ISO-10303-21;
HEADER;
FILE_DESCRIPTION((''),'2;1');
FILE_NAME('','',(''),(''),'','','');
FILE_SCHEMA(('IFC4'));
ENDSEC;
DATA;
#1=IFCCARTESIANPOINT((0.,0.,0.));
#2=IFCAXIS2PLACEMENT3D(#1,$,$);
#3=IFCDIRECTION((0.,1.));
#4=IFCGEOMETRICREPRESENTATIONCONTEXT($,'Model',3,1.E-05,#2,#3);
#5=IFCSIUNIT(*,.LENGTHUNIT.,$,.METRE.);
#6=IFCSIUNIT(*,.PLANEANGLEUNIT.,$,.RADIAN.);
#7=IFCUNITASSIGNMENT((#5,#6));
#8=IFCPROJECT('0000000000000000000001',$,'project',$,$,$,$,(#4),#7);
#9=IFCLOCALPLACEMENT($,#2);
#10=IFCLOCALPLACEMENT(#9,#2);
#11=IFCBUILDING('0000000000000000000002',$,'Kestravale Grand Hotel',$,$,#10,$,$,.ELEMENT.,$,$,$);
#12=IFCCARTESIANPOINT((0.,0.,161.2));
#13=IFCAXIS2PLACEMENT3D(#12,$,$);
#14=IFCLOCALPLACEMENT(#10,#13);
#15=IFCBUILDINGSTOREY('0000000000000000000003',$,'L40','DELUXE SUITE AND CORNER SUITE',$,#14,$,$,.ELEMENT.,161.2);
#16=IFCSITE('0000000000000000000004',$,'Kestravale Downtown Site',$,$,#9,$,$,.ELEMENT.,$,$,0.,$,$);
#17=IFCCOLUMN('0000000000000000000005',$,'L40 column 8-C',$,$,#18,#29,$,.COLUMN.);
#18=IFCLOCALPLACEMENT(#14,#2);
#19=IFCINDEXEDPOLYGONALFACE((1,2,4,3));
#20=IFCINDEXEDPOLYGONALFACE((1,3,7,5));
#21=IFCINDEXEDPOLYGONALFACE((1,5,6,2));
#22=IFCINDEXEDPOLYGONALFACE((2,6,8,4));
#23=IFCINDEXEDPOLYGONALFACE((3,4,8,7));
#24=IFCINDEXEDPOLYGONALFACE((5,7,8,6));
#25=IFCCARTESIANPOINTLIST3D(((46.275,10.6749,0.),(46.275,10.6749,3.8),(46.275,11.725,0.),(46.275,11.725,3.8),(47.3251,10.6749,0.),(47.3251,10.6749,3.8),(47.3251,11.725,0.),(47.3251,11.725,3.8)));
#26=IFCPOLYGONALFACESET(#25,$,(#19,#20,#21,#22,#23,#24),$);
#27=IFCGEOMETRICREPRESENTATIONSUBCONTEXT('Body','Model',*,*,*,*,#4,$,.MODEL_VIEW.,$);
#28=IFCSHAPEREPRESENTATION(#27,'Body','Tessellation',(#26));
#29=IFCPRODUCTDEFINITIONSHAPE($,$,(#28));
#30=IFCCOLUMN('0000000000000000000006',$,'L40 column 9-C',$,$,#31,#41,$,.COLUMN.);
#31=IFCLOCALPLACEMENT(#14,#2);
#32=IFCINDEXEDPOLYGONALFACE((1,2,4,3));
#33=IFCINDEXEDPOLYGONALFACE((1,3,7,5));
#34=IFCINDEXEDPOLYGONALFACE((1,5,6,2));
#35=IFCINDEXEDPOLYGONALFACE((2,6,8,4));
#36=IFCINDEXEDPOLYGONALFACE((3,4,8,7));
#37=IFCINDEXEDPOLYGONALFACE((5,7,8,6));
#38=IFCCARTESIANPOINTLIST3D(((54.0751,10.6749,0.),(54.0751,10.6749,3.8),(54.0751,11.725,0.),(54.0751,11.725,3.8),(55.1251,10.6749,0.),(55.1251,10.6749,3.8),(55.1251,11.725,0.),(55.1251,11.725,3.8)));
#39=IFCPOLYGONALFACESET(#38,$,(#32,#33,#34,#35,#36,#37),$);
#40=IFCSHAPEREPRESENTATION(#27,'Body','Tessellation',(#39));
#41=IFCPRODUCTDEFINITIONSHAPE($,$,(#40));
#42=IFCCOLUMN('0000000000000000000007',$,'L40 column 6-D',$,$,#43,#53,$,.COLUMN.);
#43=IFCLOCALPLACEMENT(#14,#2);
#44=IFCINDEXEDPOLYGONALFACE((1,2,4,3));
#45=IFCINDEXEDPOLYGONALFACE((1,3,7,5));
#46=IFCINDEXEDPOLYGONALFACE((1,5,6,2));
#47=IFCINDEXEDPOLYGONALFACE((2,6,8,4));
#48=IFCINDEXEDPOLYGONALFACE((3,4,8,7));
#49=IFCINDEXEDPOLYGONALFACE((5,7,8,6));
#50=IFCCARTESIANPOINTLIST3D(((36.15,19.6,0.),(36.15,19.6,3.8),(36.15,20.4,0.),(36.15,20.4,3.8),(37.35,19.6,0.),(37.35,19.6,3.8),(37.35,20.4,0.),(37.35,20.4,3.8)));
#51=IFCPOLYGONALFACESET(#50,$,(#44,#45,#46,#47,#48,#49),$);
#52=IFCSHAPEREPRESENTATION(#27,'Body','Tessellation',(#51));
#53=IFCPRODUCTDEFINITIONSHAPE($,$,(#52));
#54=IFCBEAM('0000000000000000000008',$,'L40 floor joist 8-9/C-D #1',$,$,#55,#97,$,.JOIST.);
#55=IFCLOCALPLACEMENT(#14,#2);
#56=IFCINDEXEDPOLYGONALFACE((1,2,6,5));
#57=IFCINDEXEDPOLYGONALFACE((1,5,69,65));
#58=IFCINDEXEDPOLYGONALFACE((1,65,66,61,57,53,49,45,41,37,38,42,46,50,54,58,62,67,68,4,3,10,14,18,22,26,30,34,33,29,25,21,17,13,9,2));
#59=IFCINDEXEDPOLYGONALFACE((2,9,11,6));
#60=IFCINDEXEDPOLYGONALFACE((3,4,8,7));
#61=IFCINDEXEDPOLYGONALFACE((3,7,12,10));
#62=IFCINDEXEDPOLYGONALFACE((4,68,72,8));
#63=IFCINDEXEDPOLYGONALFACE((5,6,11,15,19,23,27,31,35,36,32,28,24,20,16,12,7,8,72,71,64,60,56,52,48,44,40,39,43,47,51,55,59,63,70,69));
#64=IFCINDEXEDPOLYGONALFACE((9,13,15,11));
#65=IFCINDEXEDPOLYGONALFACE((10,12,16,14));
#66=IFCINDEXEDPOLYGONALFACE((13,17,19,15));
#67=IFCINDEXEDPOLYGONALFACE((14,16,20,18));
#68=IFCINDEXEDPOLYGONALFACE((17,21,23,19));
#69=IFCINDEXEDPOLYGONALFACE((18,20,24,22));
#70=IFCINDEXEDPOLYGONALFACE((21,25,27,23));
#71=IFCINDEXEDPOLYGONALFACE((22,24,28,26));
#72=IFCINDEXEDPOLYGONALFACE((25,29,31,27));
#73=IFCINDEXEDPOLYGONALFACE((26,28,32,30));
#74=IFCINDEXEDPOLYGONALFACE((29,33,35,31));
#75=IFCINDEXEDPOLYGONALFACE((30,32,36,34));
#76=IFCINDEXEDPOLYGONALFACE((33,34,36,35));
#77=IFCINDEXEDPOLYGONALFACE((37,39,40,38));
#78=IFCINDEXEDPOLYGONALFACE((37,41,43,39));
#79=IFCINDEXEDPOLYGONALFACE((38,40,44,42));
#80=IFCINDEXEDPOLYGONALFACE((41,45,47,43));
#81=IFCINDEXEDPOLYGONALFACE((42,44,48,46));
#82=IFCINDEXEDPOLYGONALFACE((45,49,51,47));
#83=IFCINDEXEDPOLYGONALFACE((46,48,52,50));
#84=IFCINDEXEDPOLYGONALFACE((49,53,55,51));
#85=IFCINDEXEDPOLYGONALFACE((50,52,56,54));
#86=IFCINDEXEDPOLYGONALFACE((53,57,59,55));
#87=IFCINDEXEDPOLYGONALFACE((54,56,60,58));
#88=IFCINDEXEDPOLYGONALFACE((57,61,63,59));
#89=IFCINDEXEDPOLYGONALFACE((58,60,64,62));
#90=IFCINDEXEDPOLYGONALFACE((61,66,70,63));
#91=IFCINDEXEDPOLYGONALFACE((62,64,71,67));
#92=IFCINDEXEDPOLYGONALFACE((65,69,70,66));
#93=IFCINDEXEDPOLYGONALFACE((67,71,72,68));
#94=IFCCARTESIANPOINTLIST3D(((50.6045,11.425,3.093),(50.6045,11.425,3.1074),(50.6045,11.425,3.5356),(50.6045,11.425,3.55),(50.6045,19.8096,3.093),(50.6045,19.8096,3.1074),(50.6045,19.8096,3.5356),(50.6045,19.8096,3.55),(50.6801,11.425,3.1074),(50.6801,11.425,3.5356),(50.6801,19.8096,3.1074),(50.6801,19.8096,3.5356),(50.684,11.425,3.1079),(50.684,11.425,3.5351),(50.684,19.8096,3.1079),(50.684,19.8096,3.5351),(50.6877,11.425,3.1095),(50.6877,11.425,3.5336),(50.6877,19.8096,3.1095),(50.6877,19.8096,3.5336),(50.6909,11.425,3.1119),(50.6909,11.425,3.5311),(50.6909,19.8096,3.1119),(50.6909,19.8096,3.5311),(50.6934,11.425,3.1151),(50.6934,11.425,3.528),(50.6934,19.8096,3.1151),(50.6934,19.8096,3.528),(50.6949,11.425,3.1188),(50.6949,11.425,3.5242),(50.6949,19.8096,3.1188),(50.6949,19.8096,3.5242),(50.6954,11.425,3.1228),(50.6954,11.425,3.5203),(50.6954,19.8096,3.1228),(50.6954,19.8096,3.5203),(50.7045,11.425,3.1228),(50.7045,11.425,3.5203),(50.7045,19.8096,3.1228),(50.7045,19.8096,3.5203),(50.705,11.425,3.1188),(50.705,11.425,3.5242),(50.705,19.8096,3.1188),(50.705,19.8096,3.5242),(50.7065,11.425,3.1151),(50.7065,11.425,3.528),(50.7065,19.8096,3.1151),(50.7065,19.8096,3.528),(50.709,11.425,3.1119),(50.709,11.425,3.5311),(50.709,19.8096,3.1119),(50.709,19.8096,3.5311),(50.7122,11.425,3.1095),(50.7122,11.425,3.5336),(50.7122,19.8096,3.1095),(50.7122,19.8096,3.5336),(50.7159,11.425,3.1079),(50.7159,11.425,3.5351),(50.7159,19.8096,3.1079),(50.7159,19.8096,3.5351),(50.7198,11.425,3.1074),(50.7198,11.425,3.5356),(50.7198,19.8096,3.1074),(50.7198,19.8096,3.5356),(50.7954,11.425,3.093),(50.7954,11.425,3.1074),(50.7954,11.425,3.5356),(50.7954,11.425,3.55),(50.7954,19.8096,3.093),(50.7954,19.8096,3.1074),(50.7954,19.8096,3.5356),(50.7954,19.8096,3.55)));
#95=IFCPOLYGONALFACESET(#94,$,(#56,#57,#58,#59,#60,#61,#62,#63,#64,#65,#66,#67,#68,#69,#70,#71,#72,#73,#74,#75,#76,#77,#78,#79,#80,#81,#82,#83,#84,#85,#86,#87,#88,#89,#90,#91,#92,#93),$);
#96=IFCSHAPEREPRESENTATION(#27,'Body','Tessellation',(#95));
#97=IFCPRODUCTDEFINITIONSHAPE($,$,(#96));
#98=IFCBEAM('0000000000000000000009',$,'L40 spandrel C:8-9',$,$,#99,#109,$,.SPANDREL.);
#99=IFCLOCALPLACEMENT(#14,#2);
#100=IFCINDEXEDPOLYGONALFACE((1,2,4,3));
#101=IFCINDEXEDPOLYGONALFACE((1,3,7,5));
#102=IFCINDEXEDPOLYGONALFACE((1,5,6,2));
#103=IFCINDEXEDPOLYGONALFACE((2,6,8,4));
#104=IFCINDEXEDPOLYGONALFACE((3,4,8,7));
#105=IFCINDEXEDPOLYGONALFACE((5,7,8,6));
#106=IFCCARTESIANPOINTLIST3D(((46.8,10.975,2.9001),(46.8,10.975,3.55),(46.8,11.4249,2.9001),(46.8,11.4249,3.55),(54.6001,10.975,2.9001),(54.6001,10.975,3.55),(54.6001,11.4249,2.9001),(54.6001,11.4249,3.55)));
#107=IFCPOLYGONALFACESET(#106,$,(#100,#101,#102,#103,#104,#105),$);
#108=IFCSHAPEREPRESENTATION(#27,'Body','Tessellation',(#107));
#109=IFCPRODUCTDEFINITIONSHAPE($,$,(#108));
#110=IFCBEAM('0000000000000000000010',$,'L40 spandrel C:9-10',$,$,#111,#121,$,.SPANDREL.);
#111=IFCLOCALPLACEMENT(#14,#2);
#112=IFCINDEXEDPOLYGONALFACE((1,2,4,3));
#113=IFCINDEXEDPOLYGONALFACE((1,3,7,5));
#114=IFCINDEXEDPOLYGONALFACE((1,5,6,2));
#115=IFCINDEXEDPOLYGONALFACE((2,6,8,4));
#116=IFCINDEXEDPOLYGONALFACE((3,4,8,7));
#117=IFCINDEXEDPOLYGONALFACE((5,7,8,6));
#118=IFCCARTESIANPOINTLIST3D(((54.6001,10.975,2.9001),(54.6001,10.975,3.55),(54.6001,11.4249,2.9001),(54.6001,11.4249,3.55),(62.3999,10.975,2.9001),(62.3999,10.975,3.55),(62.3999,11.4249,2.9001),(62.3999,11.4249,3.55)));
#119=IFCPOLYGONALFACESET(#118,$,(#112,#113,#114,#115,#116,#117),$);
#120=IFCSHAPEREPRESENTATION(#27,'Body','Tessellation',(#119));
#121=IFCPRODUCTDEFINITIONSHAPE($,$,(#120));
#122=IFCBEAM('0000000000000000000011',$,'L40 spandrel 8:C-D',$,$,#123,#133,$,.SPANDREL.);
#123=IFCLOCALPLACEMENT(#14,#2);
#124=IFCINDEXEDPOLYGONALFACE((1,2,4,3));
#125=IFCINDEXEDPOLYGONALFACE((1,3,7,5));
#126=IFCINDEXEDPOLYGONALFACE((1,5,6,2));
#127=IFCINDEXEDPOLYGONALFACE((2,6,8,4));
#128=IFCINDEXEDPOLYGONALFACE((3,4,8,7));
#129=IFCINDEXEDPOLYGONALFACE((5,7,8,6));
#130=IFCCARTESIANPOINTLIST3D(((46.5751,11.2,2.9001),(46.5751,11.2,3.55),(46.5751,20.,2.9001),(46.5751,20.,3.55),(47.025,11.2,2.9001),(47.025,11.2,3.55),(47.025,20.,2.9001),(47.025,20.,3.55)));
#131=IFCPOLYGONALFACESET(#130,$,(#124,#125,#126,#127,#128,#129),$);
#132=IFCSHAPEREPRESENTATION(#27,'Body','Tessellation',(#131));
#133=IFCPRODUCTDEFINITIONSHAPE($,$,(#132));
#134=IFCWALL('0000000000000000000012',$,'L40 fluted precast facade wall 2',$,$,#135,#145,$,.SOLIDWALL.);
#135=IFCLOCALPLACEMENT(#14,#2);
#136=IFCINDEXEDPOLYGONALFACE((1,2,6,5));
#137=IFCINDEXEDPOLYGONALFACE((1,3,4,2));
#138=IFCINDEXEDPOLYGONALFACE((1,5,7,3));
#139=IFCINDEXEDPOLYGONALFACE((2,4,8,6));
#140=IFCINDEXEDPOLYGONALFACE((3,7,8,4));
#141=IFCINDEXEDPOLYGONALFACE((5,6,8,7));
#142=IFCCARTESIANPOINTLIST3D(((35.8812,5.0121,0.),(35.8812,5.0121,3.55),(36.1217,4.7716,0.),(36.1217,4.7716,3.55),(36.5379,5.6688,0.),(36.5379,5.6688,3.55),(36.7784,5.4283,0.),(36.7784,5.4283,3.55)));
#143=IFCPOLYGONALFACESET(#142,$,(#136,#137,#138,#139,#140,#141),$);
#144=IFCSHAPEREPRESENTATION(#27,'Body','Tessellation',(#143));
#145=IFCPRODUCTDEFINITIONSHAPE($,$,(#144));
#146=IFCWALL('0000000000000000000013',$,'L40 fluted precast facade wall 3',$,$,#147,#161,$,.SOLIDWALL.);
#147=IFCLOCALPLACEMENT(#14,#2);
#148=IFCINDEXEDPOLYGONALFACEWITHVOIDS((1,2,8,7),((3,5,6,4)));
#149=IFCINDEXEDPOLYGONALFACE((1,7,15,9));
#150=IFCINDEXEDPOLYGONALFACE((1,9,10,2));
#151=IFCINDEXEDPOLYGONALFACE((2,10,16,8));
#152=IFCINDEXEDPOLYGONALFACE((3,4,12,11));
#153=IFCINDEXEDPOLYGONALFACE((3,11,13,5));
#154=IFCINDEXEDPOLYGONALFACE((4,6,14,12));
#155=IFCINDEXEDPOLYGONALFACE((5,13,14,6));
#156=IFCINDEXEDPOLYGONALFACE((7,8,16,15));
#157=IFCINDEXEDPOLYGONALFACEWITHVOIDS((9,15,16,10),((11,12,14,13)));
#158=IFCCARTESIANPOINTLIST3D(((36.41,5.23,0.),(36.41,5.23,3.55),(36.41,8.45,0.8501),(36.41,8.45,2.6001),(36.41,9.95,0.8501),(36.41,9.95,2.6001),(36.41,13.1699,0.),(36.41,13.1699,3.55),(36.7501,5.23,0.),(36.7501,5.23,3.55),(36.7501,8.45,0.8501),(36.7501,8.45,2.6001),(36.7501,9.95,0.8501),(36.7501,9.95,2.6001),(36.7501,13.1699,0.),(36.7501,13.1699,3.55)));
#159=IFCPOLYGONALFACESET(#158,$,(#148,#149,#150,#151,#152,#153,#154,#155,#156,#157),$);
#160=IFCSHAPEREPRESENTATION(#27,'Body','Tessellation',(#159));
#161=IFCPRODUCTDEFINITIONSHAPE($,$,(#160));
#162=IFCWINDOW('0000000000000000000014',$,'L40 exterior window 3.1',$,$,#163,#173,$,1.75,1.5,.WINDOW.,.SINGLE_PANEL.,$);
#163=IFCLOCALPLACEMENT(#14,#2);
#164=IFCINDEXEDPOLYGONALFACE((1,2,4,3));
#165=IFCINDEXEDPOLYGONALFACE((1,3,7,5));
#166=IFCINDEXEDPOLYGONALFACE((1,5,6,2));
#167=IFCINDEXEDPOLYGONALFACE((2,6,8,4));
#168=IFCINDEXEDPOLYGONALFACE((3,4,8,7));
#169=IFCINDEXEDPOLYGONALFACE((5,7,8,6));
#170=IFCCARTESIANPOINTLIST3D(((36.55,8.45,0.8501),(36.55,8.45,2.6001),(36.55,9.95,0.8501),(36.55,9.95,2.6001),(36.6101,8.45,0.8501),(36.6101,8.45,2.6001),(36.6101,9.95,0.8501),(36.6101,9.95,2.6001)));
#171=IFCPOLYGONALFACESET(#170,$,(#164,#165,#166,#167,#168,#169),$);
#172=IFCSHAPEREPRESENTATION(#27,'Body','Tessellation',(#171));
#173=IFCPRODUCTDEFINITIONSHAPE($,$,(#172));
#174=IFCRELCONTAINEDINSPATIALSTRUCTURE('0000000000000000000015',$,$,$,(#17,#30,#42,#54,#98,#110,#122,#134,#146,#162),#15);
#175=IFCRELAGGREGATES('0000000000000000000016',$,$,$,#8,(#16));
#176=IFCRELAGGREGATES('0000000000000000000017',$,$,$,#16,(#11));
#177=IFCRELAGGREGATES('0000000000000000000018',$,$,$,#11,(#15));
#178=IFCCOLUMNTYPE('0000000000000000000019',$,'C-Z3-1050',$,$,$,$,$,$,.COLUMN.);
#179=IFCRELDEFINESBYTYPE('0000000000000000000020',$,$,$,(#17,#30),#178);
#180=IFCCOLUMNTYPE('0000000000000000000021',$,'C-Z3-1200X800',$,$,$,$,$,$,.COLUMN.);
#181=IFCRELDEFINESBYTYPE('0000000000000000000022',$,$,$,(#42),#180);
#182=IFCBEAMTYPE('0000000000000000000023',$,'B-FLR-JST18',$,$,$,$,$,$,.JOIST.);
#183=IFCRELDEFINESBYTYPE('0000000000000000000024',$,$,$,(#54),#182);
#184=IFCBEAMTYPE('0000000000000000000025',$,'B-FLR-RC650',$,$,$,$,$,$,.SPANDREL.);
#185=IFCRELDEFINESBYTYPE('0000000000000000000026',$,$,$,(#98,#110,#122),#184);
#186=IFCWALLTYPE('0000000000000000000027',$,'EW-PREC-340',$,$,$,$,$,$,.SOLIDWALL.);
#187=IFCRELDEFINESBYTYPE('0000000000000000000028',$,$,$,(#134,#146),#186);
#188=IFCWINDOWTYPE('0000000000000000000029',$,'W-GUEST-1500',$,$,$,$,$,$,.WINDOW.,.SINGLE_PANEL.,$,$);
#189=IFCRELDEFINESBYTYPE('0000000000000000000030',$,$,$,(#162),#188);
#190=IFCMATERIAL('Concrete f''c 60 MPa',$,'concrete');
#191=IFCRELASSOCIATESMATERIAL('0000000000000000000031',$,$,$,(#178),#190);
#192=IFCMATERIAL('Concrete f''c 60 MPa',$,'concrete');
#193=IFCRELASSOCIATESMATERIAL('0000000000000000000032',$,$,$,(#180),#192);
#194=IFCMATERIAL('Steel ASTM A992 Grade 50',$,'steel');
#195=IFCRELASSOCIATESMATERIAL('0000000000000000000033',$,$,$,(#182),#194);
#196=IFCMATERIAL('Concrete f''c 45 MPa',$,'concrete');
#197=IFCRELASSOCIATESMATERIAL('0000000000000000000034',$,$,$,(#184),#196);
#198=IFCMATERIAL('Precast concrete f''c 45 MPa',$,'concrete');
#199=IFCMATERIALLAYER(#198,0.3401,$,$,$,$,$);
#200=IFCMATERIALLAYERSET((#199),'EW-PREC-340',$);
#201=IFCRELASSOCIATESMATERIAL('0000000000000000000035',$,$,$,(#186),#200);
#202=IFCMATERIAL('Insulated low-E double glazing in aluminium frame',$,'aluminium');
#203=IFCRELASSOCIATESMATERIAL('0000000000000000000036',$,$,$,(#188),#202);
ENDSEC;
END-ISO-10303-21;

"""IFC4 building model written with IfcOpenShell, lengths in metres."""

from ifc_helpers import new_model, si_unit, direction, frame, frame_2d, origin, origin_2d, place, context, subcontext, project, spatial, rectangle, i_section, extrude, material, layer, layer_set, material_profile, profile_set, type_object, element, fill, save


model = new_model("IFC4")

# Units and contexts
model_context = context("Model", 3, precision=1e-05, world=origin(), true_north=direction((0.0, 1.0)))
body_context = subcontext(model_context, "Body", "Model", "MODEL_VIEW")
ifc_project = project(units=[si_unit("LENGTHUNIT", "METRE"), si_unit("PLANEANGLEUNIT", "RADIAN")], contexts=[model_context])

# Site, building, storey
site_placement = place(None, origin())
site = spatial("IfcSite", under=ifc_project, at=site_placement, Name="Kestravale Downtown Site", CompositionType="ELEMENT", RefElevation=0.0)
building_placement = place(site_placement, origin())
building = spatial("IfcBuilding", under=site, at=building_placement, Name="Kestravale Grand Hotel", CompositionType="ELEMENT")
storey_placement = place(building_placement, frame((0.0, 0.0, 161.2)))
storey = spatial("IfcBuildingStorey", under=building, at=storey_placement, Name="L40", Description="DELUXE SUITE AND CORNER SUITE", CompositionType="ELEMENT", Elevation=161.2)

# Columns
ifc_material_1 = material(Name="Concrete f'c 60 MPa", Category="concrete")
ifc_material_profile_1 = material_profile(ifc_material_1, rectangle(XDim=1.05, YDim=1.05, at=origin_2d()))
ifc_profile_set_1 = profile_set([ifc_material_profile_1], Name="Concrete f'c 60 MPa")
column_type_1 = type_object("IfcColumnType", Name="C-Z3-1050", PredefinedType="COLUMN", material=ifc_profile_set_1)
for number, where, z_axis, x_axis, name in (
    (1, (46.8, 11.2, 0.0), (0.0, 0.0, 1.0), (1.0, 0.0, 0.0), "L40 column 8-C"),
    (2, (54.6001, 11.2, 0.0), (0.0, 0.0, 1.0), (1.0, 0.0, 0.0), "L40 column 9-C"),
):
    element("IfcColumn", number, at=place(storey_placement, frame(where, z_axis=z_axis, x_axis=x_axis)), inside=storey, type_object=column_type_1, Name=name, PredefinedType="COLUMN", context=body_context, shape_type="SweptSolid", body=[
        extrude(rectangle(XDim=1.05, YDim=1.05, at=origin_2d()), origin(), (0.0, 0.0, 1.0), 3.8),
    ])
ifc_material_2 = material(Name="Concrete f'c 60 MPa", Category="concrete")
ifc_material_profile_2 = material_profile(ifc_material_2, rectangle(XDim=1.2, YDim=0.8, at=origin_2d()))
ifc_profile_set_2 = profile_set([ifc_material_profile_2], Name="Concrete f'c 60 MPa")
column_type_2 = type_object("IfcColumnType", Name="C-Z3-1200X800", PredefinedType="COLUMN", material=ifc_profile_set_2)
column_placement = place(storey_placement, frame((36.75, 20.0, 0.0), z_axis=(0.0, 0.0, 1.0), x_axis=(1.0, 0.0, 0.0)))
element("IfcColumn", 3, at=column_placement, inside=storey, type_object=column_type_2, Name="L40 column 6-D", PredefinedType="COLUMN", context=body_context, shape_type="SweptSolid", body=[
    extrude(rectangle(XDim=1.2, YDim=0.8, at=origin_2d()), origin(), (0.0, 0.0, 1.0), 3.8),
])

# Beams
ifc_material_3 = material(Name="Steel ASTM A992 Grade 50", Category="steel")
ifc_material_profile_3 = material_profile(ifc_material_3, i_section(OverallWidth=0.1909, OverallDepth=0.457, WebThickness=0.009, FlangeThickness=0.0144, FilletRadius=0.0154, at=origin_2d()))
ifc_profile_set_3 = profile_set([ifc_material_profile_3], Name="Steel ASTM A992 Grade 50")
beam_type_1 = type_object("IfcBeamType", Name="B-FLR-JST18", PredefinedType="JOIST", material=ifc_profile_set_3)
beam_1_placement = place(storey_placement, frame((50.7, 11.425, 3.3215), z_axis=(0.0, 1.0, 0.0), x_axis=(-1.0, 0.0, 0.0)))
element("IfcBeam", 4, at=beam_1_placement, inside=storey, type_object=beam_type_1, Name="L40 floor joist 8-9/C-D #1", PredefinedType="JOIST", context=body_context, shape_type="SweptSolid", body=[
    extrude(i_section(OverallWidth=0.1909, OverallDepth=0.457, WebThickness=0.009, FlangeThickness=0.0144, FilletRadius=0.0154, at=origin_2d()), origin(), (0.0, 0.0, 1.0), 8.3845),
])
ifc_material_4 = material(Name="Concrete f'c 45 MPa", Category="concrete")
ifc_material_profile_4 = material_profile(ifc_material_4, rectangle(XDim=0.45, YDim=0.6499, at=origin_2d()))
ifc_profile_set_4 = profile_set([ifc_material_profile_4], Name="Concrete f'c 45 MPa")
beam_type_2 = type_object("IfcBeamType", Name="B-FLR-RC650", PredefinedType="SPANDREL", material=ifc_profile_set_4)
beam_2_placement = place(storey_placement, frame((46.8, 11.2, 3.2251), z_axis=(1.0, 0.0, 0.0), x_axis=(0.0, 1.0, 0.0)))
element("IfcBeam", 5, at=beam_2_placement, inside=storey, type_object=beam_type_2, Name="L40 spandrel C:8-9", PredefinedType="SPANDREL", context=body_context, shape_type="SweptSolid", body=[
    extrude(rectangle(XDim=0.45, YDim=0.6499, at=origin_2d()), origin(), (0.0, 0.0, 1.0), 7.8),
])
beam_3_placement = place(storey_placement, frame((54.6001, 11.2, 3.2251), z_axis=(1.0, 0.0, 0.0), x_axis=(0.0, 1.0, 0.0)))
element("IfcBeam", 6, at=beam_3_placement, inside=storey, type_object=beam_type_2, Name="L40 spandrel C:9-10", PredefinedType="SPANDREL", context=body_context, shape_type="SweptSolid", body=[
    extrude(rectangle(XDim=0.45, YDim=0.6499, at=origin_2d()), origin(), (0.0, 0.0, 1.0), 7.7998),
])
beam_4_placement = place(storey_placement, frame((46.8, 11.2, 3.2251), z_axis=(0.0, 1.0, 0.0), x_axis=(-1.0, 0.0, 0.0)))
element("IfcBeam", 7, at=beam_4_placement, inside=storey, type_object=beam_type_2, Name="L40 spandrel 8:C-D", PredefinedType="SPANDREL", context=body_context, shape_type="SweptSolid", body=[
    extrude(rectangle(XDim=0.45, YDim=0.6499, at=origin_2d()), origin(), (0.0, 0.0, 1.0), 8.8),
])

# Wall
ifc_material_5 = material(Name="Precast concrete f'c 45 MPa", Category="concrete")
ifc_layer_1 = layer(ifc_material_5, 0.3401)
ifc_layer_set_1 = layer_set([ifc_layer_1], Name="EW-PREC-340")
wall_type_1 = type_object("IfcWallType", Name="EW-PREC-340", PredefinedType="SOLIDWALL", material=ifc_layer_set_1)
wall_1_placement = place(storey_placement, frame((36.0015, 4.8918, 0.0), z_axis=(0.0, 0.0, 1.0), x_axis=(0.707107, 0.707107, 0.0)))
element("IfcWall", 8, at=wall_1_placement, inside=storey, type_object=wall_type_1, Name="L40 fluted precast facade wall 2", PredefinedType="SOLIDWALL", context=body_context, shape_type="SweptSolid", body=[
    extrude(rectangle(XDim=0.9287, YDim=0.3401, at=frame_2d((0.4644, 0.0))), origin(), (0.0, 0.0, 1.0), 3.55),
])

# Wall, opening, window
wall_2_placement = place(storey_placement, frame((36.5801, 5.23, 0.0), z_axis=(0.0, 0.0, 1.0), x_axis=(0.0, 1.0, 0.0)))
wall_2 = element("IfcWall", 9, at=wall_2_placement, inside=storey, type_object=wall_type_1, Name="L40 fluted precast facade wall 3", PredefinedType="SOLIDWALL", context=body_context, shape_type="SweptSolid", body=[
    extrude(rectangle(XDim=7.9399, YDim=0.3401, at=frame_2d((3.97, 0.0))), origin(), (0.0, 0.0, 1.0), 3.55),
])
opening_1_placement = place(wall_2_placement, frame((3.22, 0.0, 0.8501)))
opening_1 = element("IfcOpeningElement", 10, at=opening_1_placement, cuts=wall_2, PredefinedType="OPENING", context=body_context, shape_type="SweptSolid", body=[
    extrude(rectangle(XDim=1.5, YDim=1.75, at=frame_2d((0.75, 0.875))), frame((0.0, 0.1799, 0.0), z_axis=(0.0, -1.0, 0.0), x_axis=(1.0, 0.0, 0.0)), (0.0, 0.0, 1.0), 0.3601),
])
ifc_material_6 = material(Name="Insulated low-E double glazing in aluminium frame", Category="aluminium")
window_type = type_object("IfcWindowType", Name="W-GUEST-1500", PartitioningType="SINGLE_PANEL", PredefinedType="WINDOW", material=ifc_material_6)
window_1_placement = place(opening_1_placement, origin())
window_1 = element("IfcWindow", 11, at=window_1_placement, inside=storey, type_object=window_type, Name="L40 exterior window 3.1", OverallHeight=1.75, OverallWidth=1.5, PartitioningType="SINGLE_PANEL", PredefinedType="WINDOW", context=body_context, shape_type="SweptSolid", body=[
    extrude(rectangle(XDim=1.5, YDim=1.75, at=frame_2d((0.75, 0.875))), frame((0.0, 0.03, 0.0), z_axis=(0.0, -1.0, 0.0), x_axis=(1.0, 0.0, 0.0)), (0.0, 0.0, 1.0), 0.0601),
])
fill(opening_1, window_1)

save(model, "model.ifc")
